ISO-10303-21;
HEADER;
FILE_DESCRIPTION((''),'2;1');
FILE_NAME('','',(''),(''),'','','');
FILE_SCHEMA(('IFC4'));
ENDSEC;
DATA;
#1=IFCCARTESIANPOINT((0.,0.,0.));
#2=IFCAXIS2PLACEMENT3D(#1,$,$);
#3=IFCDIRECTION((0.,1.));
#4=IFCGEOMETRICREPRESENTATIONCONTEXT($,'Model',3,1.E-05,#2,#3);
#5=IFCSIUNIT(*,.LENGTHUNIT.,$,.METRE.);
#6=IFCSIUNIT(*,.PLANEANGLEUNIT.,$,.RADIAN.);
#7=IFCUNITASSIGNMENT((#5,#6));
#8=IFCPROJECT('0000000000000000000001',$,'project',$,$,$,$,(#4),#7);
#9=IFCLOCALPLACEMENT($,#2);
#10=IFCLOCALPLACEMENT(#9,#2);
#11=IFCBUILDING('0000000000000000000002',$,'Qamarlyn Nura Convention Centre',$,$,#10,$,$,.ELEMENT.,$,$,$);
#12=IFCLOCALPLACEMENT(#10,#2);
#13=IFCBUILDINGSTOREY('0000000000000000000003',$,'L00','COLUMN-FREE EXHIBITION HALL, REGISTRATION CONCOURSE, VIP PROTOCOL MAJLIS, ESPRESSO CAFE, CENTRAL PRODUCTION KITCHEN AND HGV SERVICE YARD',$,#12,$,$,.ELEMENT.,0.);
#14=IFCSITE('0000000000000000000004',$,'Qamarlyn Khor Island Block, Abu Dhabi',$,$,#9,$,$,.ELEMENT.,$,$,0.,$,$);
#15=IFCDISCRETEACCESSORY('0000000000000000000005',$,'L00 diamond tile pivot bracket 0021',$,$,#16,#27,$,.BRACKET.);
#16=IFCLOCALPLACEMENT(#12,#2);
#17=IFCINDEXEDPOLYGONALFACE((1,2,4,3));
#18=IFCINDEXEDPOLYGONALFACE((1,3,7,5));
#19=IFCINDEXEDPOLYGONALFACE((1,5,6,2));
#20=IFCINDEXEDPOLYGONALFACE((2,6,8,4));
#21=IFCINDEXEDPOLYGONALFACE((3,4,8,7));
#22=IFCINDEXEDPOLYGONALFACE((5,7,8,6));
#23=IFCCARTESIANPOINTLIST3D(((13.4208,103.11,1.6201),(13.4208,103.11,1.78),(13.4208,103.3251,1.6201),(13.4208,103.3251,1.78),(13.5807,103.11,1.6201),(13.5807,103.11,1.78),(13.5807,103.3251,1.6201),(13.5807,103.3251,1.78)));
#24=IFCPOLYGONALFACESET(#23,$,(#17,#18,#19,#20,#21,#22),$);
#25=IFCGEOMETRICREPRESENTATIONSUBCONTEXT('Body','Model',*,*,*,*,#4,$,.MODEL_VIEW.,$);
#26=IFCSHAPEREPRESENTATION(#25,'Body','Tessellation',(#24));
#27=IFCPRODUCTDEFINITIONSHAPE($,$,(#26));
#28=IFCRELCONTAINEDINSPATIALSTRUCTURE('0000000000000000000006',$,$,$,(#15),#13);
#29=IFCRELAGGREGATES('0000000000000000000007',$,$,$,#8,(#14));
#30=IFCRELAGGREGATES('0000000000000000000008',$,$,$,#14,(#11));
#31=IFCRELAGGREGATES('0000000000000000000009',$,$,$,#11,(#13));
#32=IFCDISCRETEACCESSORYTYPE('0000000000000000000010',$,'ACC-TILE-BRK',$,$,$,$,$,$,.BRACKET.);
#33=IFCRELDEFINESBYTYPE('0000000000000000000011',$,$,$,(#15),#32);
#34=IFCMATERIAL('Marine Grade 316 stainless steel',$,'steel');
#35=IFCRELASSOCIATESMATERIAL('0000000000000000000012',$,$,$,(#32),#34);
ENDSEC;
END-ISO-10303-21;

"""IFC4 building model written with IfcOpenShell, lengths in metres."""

from ifc_helpers import new_model, si_unit, direction, frame, origin, origin_2d, place, context, subcontext, project, spatial, rectangle, extrude, material, type_object, element, save


model = new_model("IFC4")

# Units and contexts
model_context = context("Model", 3, precision=1e-05, world=origin(), true_north=direction((0.0, 1.0)))
body_context = subcontext(model_context, "Body", "Model", "MODEL_VIEW")
ifc_project = project(units=[si_unit("LENGTHUNIT", "METRE"), si_unit("PLANEANGLEUNIT", "RADIAN")], contexts=[model_context])

# Site, building, storey
site_placement = place(None, origin())
site = spatial("IfcSite", under=ifc_project, at=site_placement, Name="Qamarlyn Khor Island Block, Abu Dhabi", CompositionType="ELEMENT", RefElevation=0.0)
building_placement = place(site_placement, origin())
building = spatial("IfcBuilding", under=site, at=building_placement, Name="Qamarlyn Nura Convention Centre", CompositionType="ELEMENT")
storey_placement = place(building_placement, origin())
storey = spatial("IfcBuildingStorey", under=building, at=storey_placement, Name="L00", Description="COLUMN-FREE EXHIBITION HALL, REGISTRATION CONCOURSE, VIP PROTOCOL MAJLIS, ESPRESSO CAFE, CENTRAL PRODUCTION KITCHEN AND HGV SERVICE YARD", CompositionType="ELEMENT", Elevation=0.0)

# Discrete accessory
ifc_material_1 = material(Name="Marine Grade 316 stainless steel", Category="steel")
discrete_accessory_type = type_object("IfcDiscreteAccessoryType", Name="ACC-TILE-BRK", PredefinedType="BRACKET", material=ifc_material_1)
discrete_accessory_1_placement = place(storey_placement, frame((13.5007, 103.2175, 1.6201), z_axis=(0.0, 0.0, 1.0), x_axis=(0.0, 1.0, 0.0)))
element("IfcDiscreteAccessory", 1, at=discrete_accessory_1_placement, inside=storey, type_object=discrete_accessory_type, Name="L00 diamond tile pivot bracket 0021", PredefinedType="BRACKET", context=body_context, shape_type="SweptSolid", body=[
    extrude(rectangle(XDim=0.2151, YDim=0.1599, at=origin_2d()), origin(), (0.0, 0.0, 1.0), 0.1599),
])

save(model, "model.ifc")
